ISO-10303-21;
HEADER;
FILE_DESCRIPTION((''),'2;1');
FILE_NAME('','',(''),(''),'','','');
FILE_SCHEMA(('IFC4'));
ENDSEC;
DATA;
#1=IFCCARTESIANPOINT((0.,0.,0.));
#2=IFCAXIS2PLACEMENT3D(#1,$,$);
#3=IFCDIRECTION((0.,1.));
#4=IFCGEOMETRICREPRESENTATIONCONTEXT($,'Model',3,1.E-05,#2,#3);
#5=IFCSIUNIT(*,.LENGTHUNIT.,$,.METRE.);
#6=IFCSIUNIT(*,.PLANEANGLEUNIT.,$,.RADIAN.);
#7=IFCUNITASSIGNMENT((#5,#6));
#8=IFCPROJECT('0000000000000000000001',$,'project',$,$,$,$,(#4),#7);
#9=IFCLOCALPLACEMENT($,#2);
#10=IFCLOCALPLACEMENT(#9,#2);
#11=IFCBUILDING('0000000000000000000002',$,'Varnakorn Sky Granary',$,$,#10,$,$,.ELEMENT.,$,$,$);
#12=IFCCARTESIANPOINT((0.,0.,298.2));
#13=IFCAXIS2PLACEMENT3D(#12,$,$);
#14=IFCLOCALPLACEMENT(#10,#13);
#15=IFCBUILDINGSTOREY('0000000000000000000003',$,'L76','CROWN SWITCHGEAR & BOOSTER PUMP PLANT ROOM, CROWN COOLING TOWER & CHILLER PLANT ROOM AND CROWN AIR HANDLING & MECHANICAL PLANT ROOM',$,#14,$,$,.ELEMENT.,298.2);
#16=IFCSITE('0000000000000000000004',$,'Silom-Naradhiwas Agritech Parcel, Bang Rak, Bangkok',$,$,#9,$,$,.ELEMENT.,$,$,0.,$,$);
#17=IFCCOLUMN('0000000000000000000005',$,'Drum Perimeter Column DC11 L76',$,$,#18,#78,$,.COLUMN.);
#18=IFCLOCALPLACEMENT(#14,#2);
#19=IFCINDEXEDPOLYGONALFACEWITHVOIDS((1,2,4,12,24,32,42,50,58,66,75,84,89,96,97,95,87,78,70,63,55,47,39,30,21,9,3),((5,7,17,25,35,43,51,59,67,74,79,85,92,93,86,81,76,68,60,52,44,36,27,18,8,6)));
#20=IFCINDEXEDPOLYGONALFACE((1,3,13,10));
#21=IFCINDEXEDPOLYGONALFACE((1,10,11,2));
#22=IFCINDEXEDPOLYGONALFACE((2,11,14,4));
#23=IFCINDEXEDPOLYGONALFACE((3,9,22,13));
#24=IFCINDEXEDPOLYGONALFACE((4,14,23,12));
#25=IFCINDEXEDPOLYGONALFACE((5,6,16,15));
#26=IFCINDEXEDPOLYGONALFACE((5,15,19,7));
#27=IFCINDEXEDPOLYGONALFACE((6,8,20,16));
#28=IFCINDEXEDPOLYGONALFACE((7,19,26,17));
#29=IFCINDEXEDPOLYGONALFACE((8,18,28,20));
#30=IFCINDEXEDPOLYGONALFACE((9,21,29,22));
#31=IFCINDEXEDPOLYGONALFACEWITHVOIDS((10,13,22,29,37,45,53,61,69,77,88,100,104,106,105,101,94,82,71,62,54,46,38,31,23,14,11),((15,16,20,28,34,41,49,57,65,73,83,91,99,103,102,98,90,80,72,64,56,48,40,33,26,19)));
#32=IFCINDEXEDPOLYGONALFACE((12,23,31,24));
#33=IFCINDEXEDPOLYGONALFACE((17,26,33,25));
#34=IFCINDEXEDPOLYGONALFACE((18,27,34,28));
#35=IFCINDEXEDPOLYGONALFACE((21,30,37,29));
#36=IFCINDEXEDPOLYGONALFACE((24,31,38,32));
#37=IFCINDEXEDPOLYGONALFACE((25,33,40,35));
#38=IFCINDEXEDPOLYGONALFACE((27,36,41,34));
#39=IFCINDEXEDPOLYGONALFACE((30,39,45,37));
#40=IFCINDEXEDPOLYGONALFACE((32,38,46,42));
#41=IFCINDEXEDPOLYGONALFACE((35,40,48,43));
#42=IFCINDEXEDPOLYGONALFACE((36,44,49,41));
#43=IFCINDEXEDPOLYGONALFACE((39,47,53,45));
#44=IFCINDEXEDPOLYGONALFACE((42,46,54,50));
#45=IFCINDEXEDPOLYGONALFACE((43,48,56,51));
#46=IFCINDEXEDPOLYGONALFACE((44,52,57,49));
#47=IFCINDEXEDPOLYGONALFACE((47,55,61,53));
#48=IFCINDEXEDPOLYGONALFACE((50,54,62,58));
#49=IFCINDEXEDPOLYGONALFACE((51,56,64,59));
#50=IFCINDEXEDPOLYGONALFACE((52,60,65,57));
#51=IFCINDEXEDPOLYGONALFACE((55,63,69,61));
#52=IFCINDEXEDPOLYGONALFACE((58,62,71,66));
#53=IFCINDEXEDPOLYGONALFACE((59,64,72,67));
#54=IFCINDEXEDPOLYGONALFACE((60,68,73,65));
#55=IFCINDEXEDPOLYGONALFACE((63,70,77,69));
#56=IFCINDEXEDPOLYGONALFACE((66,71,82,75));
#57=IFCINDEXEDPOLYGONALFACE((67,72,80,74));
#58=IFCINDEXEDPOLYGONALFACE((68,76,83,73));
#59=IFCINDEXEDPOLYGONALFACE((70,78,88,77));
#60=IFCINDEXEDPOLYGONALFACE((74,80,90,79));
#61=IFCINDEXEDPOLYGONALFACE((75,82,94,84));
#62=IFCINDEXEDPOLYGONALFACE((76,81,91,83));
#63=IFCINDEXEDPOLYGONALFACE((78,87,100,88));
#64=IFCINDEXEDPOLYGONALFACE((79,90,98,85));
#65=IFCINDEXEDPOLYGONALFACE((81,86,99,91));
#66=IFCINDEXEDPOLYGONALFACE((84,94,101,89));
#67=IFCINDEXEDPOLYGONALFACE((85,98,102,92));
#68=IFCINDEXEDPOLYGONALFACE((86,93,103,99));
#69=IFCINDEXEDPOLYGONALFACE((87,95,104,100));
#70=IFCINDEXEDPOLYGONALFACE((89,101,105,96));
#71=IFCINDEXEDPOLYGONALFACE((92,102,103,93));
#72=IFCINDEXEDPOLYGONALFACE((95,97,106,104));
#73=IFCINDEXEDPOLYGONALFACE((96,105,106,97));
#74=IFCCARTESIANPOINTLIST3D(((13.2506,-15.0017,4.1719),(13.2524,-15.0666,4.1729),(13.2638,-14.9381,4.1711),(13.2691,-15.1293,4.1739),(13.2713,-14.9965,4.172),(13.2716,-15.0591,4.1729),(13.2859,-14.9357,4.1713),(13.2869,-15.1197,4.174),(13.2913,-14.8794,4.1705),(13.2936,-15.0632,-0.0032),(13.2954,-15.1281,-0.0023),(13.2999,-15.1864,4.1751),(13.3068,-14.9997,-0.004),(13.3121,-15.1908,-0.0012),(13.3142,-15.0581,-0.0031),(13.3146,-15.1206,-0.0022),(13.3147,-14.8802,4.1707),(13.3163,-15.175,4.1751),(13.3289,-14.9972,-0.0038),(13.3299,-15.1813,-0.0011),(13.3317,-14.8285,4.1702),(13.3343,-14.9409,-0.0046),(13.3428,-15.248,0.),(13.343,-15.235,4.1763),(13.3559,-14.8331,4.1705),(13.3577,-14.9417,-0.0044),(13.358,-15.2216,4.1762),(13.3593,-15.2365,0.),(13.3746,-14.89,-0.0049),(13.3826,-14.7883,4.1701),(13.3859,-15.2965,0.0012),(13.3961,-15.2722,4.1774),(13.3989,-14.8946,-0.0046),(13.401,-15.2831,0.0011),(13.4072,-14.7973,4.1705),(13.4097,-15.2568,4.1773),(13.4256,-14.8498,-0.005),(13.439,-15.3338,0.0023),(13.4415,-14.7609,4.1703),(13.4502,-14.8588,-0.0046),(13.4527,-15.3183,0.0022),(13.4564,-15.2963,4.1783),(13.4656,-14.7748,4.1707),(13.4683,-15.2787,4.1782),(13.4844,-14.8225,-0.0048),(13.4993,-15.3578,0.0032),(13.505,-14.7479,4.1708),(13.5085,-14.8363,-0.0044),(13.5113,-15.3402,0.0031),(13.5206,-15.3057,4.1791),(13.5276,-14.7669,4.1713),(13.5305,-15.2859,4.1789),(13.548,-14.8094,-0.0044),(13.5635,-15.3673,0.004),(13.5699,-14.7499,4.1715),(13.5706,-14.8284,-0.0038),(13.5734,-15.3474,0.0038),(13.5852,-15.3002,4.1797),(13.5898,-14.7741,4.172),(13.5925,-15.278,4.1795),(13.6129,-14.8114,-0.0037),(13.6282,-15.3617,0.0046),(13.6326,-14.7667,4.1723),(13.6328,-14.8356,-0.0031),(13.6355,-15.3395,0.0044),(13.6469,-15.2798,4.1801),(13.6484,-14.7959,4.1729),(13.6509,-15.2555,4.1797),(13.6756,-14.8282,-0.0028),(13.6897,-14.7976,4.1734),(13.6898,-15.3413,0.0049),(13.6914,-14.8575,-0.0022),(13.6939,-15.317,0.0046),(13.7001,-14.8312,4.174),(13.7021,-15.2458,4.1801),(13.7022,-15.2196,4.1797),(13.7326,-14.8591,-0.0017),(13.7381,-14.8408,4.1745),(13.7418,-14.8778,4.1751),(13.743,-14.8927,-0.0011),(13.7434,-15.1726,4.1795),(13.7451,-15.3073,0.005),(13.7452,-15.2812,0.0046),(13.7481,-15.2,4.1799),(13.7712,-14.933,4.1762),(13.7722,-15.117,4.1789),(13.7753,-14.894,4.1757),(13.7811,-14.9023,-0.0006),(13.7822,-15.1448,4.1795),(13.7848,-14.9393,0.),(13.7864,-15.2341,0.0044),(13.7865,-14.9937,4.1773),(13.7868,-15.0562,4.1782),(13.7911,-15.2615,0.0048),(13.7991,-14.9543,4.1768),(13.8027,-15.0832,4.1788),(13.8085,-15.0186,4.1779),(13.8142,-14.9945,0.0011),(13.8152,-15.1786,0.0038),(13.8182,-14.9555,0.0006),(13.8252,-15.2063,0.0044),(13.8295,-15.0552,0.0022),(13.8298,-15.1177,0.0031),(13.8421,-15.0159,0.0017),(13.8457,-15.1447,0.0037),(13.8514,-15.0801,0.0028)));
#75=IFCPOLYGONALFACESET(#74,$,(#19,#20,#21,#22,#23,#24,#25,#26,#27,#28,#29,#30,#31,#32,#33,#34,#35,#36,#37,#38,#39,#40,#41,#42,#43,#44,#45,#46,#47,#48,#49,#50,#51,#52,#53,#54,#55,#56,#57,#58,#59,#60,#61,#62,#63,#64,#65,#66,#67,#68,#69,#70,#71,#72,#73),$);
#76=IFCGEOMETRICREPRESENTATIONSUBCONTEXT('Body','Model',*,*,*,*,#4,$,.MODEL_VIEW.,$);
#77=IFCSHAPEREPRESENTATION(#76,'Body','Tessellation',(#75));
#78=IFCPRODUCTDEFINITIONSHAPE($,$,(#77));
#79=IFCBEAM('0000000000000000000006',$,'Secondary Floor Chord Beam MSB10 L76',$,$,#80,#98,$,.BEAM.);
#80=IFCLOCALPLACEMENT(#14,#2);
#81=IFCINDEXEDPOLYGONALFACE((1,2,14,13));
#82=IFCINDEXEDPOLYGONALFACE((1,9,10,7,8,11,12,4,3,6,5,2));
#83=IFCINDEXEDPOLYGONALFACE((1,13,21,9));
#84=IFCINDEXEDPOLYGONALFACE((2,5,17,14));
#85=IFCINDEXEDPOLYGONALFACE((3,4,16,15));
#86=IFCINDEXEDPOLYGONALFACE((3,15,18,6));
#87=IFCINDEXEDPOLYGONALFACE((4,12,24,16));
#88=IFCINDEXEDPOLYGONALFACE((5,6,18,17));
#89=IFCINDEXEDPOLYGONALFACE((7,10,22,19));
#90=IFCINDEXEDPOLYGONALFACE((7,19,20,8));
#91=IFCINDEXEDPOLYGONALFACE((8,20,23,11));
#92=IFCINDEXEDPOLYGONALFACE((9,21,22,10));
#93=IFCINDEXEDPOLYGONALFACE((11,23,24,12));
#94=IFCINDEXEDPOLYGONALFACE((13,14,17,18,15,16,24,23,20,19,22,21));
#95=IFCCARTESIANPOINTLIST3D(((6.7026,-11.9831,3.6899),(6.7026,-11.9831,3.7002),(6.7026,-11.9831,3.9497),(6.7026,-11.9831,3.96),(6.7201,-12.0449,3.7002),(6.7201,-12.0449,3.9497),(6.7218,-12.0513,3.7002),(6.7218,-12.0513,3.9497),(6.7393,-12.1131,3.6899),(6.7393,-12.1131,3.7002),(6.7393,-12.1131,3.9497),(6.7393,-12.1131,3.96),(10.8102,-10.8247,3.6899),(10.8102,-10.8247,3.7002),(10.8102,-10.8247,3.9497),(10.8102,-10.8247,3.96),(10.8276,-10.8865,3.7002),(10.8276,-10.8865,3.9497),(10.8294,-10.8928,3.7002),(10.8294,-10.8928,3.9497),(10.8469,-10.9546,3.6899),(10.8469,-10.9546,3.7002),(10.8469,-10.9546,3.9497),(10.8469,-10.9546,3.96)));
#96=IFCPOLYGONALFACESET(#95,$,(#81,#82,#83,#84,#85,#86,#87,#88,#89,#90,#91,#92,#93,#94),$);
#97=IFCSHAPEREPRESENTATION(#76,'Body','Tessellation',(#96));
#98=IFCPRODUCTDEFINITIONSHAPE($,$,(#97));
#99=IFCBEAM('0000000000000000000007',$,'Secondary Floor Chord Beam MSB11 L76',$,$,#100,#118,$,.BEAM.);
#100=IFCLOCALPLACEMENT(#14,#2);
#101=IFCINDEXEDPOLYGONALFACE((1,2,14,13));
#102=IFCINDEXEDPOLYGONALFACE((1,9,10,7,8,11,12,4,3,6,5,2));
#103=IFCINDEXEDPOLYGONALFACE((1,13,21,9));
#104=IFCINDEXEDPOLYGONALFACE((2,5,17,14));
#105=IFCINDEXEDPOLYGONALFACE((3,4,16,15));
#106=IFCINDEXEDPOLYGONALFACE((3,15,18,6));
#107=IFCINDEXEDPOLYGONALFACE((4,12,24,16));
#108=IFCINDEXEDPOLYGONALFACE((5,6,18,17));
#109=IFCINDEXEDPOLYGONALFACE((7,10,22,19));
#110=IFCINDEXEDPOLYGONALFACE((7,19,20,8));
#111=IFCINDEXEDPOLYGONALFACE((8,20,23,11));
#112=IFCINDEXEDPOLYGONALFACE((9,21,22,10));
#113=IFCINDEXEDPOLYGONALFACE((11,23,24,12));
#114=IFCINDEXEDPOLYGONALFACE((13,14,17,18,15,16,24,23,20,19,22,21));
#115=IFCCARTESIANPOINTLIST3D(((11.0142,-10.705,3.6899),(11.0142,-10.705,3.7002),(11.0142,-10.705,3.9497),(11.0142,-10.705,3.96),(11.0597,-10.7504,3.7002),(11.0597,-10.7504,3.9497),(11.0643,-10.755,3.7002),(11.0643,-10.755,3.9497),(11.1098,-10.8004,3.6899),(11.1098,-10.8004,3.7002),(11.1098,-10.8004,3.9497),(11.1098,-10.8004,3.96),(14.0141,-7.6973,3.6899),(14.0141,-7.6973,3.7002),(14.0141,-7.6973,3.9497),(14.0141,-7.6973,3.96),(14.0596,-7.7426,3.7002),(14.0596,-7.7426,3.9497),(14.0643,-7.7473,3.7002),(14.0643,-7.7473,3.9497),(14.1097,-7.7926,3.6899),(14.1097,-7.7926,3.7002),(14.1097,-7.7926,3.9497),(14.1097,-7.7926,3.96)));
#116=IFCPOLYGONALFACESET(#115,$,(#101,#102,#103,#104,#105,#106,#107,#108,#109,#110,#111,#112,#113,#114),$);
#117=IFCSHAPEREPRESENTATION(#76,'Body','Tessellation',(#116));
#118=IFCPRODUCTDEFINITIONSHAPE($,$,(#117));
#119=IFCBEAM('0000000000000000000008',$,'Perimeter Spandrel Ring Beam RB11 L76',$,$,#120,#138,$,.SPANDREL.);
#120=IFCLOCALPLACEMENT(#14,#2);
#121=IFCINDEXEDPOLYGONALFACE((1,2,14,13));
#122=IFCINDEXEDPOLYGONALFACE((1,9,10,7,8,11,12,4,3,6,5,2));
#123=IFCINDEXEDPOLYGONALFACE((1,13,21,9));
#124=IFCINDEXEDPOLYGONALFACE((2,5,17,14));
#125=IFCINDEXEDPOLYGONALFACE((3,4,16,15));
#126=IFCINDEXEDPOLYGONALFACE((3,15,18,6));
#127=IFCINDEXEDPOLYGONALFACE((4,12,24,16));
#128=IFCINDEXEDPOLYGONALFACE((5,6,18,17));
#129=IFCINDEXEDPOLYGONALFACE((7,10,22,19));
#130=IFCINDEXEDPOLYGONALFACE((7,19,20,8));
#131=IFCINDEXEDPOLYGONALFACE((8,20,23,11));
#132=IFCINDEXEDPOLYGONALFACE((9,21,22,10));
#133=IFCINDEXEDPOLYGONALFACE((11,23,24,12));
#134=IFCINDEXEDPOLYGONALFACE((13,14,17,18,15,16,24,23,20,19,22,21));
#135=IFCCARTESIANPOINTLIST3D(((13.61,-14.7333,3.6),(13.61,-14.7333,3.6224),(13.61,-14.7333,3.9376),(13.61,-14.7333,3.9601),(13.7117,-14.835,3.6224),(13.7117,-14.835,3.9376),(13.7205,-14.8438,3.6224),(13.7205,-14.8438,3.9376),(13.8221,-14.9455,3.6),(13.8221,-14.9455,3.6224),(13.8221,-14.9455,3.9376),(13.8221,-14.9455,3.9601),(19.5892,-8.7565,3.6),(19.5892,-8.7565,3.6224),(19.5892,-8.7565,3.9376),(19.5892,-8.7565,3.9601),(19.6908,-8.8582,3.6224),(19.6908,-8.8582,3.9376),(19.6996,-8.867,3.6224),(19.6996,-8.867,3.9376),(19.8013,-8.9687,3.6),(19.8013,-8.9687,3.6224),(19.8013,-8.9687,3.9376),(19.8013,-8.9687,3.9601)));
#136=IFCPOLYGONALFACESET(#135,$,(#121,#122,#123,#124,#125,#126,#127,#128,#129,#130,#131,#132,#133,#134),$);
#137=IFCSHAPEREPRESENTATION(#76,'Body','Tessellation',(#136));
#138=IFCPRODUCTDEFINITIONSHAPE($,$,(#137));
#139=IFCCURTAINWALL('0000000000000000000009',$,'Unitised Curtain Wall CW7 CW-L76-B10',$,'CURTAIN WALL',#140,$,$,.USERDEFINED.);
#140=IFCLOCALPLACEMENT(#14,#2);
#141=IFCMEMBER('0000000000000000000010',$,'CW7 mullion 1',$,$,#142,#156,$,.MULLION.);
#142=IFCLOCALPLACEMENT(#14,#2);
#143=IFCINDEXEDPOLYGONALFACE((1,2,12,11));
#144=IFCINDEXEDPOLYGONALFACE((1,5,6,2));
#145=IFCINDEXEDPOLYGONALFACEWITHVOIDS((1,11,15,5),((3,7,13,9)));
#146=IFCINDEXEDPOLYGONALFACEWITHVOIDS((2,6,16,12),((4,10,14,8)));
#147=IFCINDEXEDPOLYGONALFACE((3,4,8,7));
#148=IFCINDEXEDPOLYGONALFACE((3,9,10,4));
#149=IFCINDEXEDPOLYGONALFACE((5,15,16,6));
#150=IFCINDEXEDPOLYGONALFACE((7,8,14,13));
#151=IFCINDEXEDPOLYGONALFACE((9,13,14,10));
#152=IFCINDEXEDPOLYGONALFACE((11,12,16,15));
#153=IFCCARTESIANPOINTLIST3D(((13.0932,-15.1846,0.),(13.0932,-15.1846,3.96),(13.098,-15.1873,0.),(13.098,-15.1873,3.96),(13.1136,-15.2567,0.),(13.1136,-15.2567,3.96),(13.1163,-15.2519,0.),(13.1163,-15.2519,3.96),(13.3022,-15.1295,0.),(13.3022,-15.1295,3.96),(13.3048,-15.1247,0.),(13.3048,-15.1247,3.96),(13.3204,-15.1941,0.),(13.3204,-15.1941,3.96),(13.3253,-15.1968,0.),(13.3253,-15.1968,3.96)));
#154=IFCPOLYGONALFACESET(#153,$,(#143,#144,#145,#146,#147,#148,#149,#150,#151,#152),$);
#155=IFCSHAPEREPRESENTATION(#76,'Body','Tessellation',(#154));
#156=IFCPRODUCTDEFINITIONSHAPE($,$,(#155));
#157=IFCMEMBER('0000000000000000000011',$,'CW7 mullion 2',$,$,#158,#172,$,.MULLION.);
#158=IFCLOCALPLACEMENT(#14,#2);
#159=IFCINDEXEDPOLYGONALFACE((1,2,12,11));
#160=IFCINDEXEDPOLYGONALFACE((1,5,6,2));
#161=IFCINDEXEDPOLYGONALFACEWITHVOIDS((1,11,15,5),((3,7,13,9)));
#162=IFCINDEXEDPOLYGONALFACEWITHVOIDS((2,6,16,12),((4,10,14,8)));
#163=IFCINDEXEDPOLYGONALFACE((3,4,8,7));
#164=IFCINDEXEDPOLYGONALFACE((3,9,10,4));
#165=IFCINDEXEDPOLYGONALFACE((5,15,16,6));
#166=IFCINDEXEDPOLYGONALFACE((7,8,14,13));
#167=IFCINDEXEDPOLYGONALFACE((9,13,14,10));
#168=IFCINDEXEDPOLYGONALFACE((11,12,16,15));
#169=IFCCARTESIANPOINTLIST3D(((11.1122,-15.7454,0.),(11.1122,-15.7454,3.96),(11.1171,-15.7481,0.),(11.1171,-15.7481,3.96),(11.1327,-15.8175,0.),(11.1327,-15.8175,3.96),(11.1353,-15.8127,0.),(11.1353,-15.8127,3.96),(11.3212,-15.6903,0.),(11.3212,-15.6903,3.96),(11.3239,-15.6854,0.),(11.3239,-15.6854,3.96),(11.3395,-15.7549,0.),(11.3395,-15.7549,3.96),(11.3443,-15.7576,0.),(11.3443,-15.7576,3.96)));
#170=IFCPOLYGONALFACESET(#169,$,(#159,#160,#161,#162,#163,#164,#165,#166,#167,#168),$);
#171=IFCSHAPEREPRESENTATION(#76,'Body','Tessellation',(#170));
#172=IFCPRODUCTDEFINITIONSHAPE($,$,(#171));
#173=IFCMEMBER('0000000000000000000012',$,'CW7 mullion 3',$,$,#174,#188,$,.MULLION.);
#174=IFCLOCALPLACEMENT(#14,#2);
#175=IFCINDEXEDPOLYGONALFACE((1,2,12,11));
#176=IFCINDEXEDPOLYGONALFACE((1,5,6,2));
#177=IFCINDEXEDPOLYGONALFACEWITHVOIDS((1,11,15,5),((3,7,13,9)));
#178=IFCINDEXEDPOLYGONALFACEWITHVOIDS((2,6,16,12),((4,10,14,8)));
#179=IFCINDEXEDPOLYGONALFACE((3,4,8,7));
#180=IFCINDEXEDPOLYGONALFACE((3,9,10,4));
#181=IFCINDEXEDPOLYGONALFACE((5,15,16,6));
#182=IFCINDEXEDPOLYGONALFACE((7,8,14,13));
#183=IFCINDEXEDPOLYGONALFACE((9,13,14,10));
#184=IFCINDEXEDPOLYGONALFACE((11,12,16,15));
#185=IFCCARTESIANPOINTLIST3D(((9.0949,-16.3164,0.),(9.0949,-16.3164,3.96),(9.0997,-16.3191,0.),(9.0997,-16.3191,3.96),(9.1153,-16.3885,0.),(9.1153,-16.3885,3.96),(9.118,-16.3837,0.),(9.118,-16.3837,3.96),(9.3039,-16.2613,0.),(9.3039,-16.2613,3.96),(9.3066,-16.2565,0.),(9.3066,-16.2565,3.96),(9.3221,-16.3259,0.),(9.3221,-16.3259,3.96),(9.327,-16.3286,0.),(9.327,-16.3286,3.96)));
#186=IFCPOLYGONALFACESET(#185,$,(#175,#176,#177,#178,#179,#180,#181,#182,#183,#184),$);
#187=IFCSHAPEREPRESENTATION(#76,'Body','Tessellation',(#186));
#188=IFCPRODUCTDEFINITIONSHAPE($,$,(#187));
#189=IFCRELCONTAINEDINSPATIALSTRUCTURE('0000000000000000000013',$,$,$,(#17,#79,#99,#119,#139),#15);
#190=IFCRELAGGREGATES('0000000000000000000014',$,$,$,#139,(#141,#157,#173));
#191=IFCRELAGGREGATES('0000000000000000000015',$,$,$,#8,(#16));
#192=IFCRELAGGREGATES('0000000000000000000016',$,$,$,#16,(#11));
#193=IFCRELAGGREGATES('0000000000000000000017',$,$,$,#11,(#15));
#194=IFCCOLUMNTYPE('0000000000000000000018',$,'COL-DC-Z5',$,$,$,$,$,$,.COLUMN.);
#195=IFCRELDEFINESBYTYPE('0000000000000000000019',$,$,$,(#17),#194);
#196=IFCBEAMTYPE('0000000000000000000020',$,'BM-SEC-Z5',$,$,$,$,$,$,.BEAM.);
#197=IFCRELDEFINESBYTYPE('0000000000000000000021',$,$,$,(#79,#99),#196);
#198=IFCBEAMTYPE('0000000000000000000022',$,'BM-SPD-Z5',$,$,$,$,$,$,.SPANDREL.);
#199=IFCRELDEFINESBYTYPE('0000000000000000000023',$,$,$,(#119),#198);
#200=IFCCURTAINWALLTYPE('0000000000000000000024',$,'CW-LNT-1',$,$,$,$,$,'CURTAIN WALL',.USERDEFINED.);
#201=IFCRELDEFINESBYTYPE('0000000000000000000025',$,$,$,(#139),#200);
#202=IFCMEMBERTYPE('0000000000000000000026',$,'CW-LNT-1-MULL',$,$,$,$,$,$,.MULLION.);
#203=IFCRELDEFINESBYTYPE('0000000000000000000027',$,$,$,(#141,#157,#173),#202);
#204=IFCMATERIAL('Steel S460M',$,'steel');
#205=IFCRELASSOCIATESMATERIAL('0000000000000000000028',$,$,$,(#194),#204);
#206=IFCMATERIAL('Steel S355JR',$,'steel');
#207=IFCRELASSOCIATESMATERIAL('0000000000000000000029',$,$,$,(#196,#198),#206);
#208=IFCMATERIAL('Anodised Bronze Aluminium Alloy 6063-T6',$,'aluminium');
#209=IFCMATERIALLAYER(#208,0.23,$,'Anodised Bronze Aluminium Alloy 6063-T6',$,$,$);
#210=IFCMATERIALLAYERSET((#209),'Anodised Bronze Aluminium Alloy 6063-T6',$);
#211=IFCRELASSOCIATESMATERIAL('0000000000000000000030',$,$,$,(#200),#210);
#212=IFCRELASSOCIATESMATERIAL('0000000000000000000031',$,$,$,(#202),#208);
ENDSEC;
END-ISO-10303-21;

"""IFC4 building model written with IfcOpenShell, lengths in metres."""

from ifc_helpers import new_model, si_unit, direction, frame, origin, origin_2d, place, context, subcontext, project, spatial, hollow_rectangle, hollow_circle, i_section, extrude, material, layer, layer_set, material_profile, profile_set, type_object, element, aggregate, save


model = new_model("IFC4")

# Units and contexts
model_context = context("Model", 3, precision=1e-05, world=origin(), true_north=direction((0.0, 1.0)))
body_context = subcontext(model_context, "Body", "Model", "MODEL_VIEW")
ifc_project = project(units=[si_unit("LENGTHUNIT", "METRE"), si_unit("PLANEANGLEUNIT", "RADIAN")], contexts=[model_context])

# Site, building, storey
site_placement = place(None, origin())
site = spatial("IfcSite", under=ifc_project, at=site_placement, Name="Silom-Naradhiwas Agritech Parcel, Bang Rak, Bangkok", CompositionType="ELEMENT", RefElevation=0.0)
building_placement = place(site_placement, origin())
building = spatial("IfcBuilding", under=site, at=building_placement, Name="Varnakorn Sky Granary", CompositionType="ELEMENT")
storey_placement = place(building_placement, frame((0.0, 0.0, 298.2)))
storey = spatial("IfcBuildingStorey", under=building, at=storey_placement, Name="L76", Description="CROWN SWITCHGEAR & BOOSTER PUMP PLANT ROOM, CROWN COOLING TOWER & CHILLER PLANT ROOM AND CROWN AIR HANDLING & MECHANICAL PLANT ROOM", CompositionType="ELEMENT", Elevation=298.2)

# Column
ifc_material_1 = material(Name="Steel S460M", Category="steel")
ifc_material_profile_1 = material_profile(ifc_material_1, hollow_circle(Radius=0.2795, WallThickness=0.02, at=origin_2d()), Name="CHS 559x20")
ifc_profile_set_1 = profile_set([ifc_material_profile_1], Name="Steel S460M")
column_type = type_object("IfcColumnType", Name="COL-DC-Z5", PredefinedType="COLUMN", material=ifc_profile_set_1)
column_placement = place(storey_placement, frame((13.572, -15.0879, 0.0), z_axis=(-0.01029, 0.014734, 0.999839), x_axis=(-0.819843, -0.572589, 0.0)))
element("IfcColumn", 1, at=column_placement, inside=storey, type_object=column_type, Name="Drum Perimeter Column DC11 L76", PredefinedType="COLUMN", context=body_context, shape_type="SweptSolid", body=[
    extrude(hollow_circle(Radius=0.2795, WallThickness=0.02, at=origin_2d()), origin(), (0.0, 0.0, 1.0), 4.1758),
])

# Beams
ifc_material_2 = material(Name="Steel S355JR", Category="steel")
ifc_material_profile_2 = material_profile(ifc_material_2, i_section(OverallWidth=0.135, OverallDepth=0.27, WebThickness=0.0066, FlangeThickness=0.0103, at=origin_2d()), Name="IPE 270")
ifc_profile_set_2 = profile_set([ifc_material_profile_2], Name="Steel S355JR")
beam_type_1 = type_object("IfcBeamType", Name="BM-SEC-Z5", PredefinedType="BEAM", material=ifc_profile_set_2)
beam_1_placement = place(storey_placement, frame((6.7209, -12.0481, 3.825), z_axis=(0.962457, 0.271433, 0.0), x_axis=(-0.271433, 0.962457, 0.0)))
element("IfcBeam", 2, at=beam_1_placement, inside=storey, type_object=beam_type_1, Name="Secondary Floor Chord Beam MSB10 L76", PredefinedType="BEAM", context=body_context, shape_type="SweptSolid", body=[
    extrude(i_section(OverallWidth=0.135, OverallDepth=0.27, WebThickness=0.0066, FlangeThickness=0.0103, at=origin_2d()), origin(), (0.0, 0.0, 1.0), 4.2678),
])
beam_2_placement = place(storey_placement, frame((11.062, -10.7527, 3.825), z_axis=(0.706187, 0.708026, 0.0), x_axis=(-0.708026, 0.706187, 0.0)))
element("IfcBeam", 3, at=beam_2_placement, inside=storey, type_object=beam_type_1, Name="Secondary Floor Chord Beam MSB11 L76", PredefinedType="BEAM", context=body_context, shape_type="SweptSolid", body=[
    extrude(i_section(OverallWidth=0.135, OverallDepth=0.27, WebThickness=0.0066, FlangeThickness=0.0103, at=origin_2d()), origin(), (0.0, 0.0, 1.0), 4.248),
])
ifc_material_profile_3 = material_profile(ifc_material_2, i_section(OverallWidth=0.3, OverallDepth=0.3601, WebThickness=0.0125, FlangeThickness=0.0225, at=origin_2d()), Name="HE 360 B")
ifc_profile_set_3 = profile_set([ifc_material_profile_3], Name="Steel S355JR")
beam_type_2 = type_object("IfcBeamType", Name="BM-SPD-Z5", PredefinedType="SPANDREL", material=ifc_profile_set_3)
beam_3_placement = place(storey_placement, frame((13.7161, -14.8394, 3.78), z_axis=(0.707251, 0.706962, 0.0), x_axis=(-0.706962, 0.707251, 0.0)))
element("IfcBeam", 4, at=beam_3_placement, inside=storey, type_object=beam_type_2, Name="Perimeter Spandrel Ring Beam RB11 L76", PredefinedType="SPANDREL", context=body_context, shape_type="SweptSolid", body=[
    extrude(i_section(OverallWidth=0.3, OverallDepth=0.3601, WebThickness=0.0125, FlangeThickness=0.0225, at=origin_2d()), origin(), (0.0, 0.0, 1.0), 8.4541),
])

# Curtain wall, members
ifc_material_3 = material(Name="Anodised Bronze Aluminium Alloy 6063-T6", Category="aluminium")
ifc_layer_1 = layer(ifc_material_3, 0.23, Name="Anodised Bronze Aluminium Alloy 6063-T6")
ifc_layer_set_1 = layer_set([ifc_layer_1], Name="Anodised Bronze Aluminium Alloy 6063-T6")
curtain_wall_type = type_object("IfcCurtainWallType", Name="CW-LNT-1", ElementType="CURTAIN WALL", PredefinedType="USERDEFINED", material=ifc_layer_set_1)
curtain_wall_placement = place(storey_placement, origin())
curtain_wall = element("IfcCurtainWall", 5, at=curtain_wall_placement, inside=storey, type_object=curtain_wall_type, Name="Unitised Curtain Wall CW7 CW-L76-B10", ObjectType="CURTAIN WALL", PredefinedType="USERDEFINED")
ifc_material_profile_4 = material_profile(ifc_material_3, hollow_rectangle(XDim=0.075, YDim=0.22, WallThickness=0.0039, at=origin_2d()), Name="ALU MULL 75x220")
ifc_profile_set_4 = profile_set([ifc_material_profile_4], Name="Anodised Bronze Aluminium Alloy 6063-T6")
member_type_1 = type_object("IfcMemberType", Name="CW-LNT-1-MULL", PredefinedType="MULLION", material=ifc_profile_set_4)
member_1_placement = place(storey_placement, frame((13.2092, -15.1907, 0.0), z_axis=(0.0, 0.0, 1.0), x_axis=(0.272381, -0.962189, 0.0)))
member_1 = element("IfcMember", 6, at=member_1_placement, type_object=member_type_1, Name="CW7 mullion 1", PredefinedType="MULLION", context=body_context, shape_type="SweptSolid", body=[
    extrude(hollow_rectangle(XDim=0.075, YDim=0.22, WallThickness=0.0039, at=origin_2d()), origin(), (0.0, 0.0, 1.0), 3.96),
])
member_2_placement = place(storey_placement, frame((11.2283, -15.7515, 0.0), z_axis=(0.0, 0.0, 1.0), x_axis=(0.272381, -0.962189, 0.0)))
member_2 = element("IfcMember", 7, at=member_2_placement, type_object=member_type_1, Name="CW7 mullion 2", PredefinedType="MULLION", context=body_context, shape_type="SweptSolid", body=[
    extrude(hollow_rectangle(XDim=0.075, YDim=0.22, WallThickness=0.0039, at=origin_2d()), origin(), (0.0, 0.0, 1.0), 3.96),
])
member_3_placement = place(storey_placement, frame((9.2109, -16.3225, 0.0), z_axis=(0.0, 0.0, 1.0), x_axis=(0.272381, -0.962189, 0.0)))
member_3 = element("IfcMember", 8, at=member_3_placement, type_object=member_type_1, Name="CW7 mullion 3", PredefinedType="MULLION", context=body_context, shape_type="SweptSolid", body=[
    extrude(hollow_rectangle(XDim=0.075, YDim=0.22, WallThickness=0.0039, at=origin_2d()), origin(), (0.0, 0.0, 1.0), 3.96),
])

aggregate(curtain_wall, [member_1, member_2, member_3])

save(model, "model.ifc")
